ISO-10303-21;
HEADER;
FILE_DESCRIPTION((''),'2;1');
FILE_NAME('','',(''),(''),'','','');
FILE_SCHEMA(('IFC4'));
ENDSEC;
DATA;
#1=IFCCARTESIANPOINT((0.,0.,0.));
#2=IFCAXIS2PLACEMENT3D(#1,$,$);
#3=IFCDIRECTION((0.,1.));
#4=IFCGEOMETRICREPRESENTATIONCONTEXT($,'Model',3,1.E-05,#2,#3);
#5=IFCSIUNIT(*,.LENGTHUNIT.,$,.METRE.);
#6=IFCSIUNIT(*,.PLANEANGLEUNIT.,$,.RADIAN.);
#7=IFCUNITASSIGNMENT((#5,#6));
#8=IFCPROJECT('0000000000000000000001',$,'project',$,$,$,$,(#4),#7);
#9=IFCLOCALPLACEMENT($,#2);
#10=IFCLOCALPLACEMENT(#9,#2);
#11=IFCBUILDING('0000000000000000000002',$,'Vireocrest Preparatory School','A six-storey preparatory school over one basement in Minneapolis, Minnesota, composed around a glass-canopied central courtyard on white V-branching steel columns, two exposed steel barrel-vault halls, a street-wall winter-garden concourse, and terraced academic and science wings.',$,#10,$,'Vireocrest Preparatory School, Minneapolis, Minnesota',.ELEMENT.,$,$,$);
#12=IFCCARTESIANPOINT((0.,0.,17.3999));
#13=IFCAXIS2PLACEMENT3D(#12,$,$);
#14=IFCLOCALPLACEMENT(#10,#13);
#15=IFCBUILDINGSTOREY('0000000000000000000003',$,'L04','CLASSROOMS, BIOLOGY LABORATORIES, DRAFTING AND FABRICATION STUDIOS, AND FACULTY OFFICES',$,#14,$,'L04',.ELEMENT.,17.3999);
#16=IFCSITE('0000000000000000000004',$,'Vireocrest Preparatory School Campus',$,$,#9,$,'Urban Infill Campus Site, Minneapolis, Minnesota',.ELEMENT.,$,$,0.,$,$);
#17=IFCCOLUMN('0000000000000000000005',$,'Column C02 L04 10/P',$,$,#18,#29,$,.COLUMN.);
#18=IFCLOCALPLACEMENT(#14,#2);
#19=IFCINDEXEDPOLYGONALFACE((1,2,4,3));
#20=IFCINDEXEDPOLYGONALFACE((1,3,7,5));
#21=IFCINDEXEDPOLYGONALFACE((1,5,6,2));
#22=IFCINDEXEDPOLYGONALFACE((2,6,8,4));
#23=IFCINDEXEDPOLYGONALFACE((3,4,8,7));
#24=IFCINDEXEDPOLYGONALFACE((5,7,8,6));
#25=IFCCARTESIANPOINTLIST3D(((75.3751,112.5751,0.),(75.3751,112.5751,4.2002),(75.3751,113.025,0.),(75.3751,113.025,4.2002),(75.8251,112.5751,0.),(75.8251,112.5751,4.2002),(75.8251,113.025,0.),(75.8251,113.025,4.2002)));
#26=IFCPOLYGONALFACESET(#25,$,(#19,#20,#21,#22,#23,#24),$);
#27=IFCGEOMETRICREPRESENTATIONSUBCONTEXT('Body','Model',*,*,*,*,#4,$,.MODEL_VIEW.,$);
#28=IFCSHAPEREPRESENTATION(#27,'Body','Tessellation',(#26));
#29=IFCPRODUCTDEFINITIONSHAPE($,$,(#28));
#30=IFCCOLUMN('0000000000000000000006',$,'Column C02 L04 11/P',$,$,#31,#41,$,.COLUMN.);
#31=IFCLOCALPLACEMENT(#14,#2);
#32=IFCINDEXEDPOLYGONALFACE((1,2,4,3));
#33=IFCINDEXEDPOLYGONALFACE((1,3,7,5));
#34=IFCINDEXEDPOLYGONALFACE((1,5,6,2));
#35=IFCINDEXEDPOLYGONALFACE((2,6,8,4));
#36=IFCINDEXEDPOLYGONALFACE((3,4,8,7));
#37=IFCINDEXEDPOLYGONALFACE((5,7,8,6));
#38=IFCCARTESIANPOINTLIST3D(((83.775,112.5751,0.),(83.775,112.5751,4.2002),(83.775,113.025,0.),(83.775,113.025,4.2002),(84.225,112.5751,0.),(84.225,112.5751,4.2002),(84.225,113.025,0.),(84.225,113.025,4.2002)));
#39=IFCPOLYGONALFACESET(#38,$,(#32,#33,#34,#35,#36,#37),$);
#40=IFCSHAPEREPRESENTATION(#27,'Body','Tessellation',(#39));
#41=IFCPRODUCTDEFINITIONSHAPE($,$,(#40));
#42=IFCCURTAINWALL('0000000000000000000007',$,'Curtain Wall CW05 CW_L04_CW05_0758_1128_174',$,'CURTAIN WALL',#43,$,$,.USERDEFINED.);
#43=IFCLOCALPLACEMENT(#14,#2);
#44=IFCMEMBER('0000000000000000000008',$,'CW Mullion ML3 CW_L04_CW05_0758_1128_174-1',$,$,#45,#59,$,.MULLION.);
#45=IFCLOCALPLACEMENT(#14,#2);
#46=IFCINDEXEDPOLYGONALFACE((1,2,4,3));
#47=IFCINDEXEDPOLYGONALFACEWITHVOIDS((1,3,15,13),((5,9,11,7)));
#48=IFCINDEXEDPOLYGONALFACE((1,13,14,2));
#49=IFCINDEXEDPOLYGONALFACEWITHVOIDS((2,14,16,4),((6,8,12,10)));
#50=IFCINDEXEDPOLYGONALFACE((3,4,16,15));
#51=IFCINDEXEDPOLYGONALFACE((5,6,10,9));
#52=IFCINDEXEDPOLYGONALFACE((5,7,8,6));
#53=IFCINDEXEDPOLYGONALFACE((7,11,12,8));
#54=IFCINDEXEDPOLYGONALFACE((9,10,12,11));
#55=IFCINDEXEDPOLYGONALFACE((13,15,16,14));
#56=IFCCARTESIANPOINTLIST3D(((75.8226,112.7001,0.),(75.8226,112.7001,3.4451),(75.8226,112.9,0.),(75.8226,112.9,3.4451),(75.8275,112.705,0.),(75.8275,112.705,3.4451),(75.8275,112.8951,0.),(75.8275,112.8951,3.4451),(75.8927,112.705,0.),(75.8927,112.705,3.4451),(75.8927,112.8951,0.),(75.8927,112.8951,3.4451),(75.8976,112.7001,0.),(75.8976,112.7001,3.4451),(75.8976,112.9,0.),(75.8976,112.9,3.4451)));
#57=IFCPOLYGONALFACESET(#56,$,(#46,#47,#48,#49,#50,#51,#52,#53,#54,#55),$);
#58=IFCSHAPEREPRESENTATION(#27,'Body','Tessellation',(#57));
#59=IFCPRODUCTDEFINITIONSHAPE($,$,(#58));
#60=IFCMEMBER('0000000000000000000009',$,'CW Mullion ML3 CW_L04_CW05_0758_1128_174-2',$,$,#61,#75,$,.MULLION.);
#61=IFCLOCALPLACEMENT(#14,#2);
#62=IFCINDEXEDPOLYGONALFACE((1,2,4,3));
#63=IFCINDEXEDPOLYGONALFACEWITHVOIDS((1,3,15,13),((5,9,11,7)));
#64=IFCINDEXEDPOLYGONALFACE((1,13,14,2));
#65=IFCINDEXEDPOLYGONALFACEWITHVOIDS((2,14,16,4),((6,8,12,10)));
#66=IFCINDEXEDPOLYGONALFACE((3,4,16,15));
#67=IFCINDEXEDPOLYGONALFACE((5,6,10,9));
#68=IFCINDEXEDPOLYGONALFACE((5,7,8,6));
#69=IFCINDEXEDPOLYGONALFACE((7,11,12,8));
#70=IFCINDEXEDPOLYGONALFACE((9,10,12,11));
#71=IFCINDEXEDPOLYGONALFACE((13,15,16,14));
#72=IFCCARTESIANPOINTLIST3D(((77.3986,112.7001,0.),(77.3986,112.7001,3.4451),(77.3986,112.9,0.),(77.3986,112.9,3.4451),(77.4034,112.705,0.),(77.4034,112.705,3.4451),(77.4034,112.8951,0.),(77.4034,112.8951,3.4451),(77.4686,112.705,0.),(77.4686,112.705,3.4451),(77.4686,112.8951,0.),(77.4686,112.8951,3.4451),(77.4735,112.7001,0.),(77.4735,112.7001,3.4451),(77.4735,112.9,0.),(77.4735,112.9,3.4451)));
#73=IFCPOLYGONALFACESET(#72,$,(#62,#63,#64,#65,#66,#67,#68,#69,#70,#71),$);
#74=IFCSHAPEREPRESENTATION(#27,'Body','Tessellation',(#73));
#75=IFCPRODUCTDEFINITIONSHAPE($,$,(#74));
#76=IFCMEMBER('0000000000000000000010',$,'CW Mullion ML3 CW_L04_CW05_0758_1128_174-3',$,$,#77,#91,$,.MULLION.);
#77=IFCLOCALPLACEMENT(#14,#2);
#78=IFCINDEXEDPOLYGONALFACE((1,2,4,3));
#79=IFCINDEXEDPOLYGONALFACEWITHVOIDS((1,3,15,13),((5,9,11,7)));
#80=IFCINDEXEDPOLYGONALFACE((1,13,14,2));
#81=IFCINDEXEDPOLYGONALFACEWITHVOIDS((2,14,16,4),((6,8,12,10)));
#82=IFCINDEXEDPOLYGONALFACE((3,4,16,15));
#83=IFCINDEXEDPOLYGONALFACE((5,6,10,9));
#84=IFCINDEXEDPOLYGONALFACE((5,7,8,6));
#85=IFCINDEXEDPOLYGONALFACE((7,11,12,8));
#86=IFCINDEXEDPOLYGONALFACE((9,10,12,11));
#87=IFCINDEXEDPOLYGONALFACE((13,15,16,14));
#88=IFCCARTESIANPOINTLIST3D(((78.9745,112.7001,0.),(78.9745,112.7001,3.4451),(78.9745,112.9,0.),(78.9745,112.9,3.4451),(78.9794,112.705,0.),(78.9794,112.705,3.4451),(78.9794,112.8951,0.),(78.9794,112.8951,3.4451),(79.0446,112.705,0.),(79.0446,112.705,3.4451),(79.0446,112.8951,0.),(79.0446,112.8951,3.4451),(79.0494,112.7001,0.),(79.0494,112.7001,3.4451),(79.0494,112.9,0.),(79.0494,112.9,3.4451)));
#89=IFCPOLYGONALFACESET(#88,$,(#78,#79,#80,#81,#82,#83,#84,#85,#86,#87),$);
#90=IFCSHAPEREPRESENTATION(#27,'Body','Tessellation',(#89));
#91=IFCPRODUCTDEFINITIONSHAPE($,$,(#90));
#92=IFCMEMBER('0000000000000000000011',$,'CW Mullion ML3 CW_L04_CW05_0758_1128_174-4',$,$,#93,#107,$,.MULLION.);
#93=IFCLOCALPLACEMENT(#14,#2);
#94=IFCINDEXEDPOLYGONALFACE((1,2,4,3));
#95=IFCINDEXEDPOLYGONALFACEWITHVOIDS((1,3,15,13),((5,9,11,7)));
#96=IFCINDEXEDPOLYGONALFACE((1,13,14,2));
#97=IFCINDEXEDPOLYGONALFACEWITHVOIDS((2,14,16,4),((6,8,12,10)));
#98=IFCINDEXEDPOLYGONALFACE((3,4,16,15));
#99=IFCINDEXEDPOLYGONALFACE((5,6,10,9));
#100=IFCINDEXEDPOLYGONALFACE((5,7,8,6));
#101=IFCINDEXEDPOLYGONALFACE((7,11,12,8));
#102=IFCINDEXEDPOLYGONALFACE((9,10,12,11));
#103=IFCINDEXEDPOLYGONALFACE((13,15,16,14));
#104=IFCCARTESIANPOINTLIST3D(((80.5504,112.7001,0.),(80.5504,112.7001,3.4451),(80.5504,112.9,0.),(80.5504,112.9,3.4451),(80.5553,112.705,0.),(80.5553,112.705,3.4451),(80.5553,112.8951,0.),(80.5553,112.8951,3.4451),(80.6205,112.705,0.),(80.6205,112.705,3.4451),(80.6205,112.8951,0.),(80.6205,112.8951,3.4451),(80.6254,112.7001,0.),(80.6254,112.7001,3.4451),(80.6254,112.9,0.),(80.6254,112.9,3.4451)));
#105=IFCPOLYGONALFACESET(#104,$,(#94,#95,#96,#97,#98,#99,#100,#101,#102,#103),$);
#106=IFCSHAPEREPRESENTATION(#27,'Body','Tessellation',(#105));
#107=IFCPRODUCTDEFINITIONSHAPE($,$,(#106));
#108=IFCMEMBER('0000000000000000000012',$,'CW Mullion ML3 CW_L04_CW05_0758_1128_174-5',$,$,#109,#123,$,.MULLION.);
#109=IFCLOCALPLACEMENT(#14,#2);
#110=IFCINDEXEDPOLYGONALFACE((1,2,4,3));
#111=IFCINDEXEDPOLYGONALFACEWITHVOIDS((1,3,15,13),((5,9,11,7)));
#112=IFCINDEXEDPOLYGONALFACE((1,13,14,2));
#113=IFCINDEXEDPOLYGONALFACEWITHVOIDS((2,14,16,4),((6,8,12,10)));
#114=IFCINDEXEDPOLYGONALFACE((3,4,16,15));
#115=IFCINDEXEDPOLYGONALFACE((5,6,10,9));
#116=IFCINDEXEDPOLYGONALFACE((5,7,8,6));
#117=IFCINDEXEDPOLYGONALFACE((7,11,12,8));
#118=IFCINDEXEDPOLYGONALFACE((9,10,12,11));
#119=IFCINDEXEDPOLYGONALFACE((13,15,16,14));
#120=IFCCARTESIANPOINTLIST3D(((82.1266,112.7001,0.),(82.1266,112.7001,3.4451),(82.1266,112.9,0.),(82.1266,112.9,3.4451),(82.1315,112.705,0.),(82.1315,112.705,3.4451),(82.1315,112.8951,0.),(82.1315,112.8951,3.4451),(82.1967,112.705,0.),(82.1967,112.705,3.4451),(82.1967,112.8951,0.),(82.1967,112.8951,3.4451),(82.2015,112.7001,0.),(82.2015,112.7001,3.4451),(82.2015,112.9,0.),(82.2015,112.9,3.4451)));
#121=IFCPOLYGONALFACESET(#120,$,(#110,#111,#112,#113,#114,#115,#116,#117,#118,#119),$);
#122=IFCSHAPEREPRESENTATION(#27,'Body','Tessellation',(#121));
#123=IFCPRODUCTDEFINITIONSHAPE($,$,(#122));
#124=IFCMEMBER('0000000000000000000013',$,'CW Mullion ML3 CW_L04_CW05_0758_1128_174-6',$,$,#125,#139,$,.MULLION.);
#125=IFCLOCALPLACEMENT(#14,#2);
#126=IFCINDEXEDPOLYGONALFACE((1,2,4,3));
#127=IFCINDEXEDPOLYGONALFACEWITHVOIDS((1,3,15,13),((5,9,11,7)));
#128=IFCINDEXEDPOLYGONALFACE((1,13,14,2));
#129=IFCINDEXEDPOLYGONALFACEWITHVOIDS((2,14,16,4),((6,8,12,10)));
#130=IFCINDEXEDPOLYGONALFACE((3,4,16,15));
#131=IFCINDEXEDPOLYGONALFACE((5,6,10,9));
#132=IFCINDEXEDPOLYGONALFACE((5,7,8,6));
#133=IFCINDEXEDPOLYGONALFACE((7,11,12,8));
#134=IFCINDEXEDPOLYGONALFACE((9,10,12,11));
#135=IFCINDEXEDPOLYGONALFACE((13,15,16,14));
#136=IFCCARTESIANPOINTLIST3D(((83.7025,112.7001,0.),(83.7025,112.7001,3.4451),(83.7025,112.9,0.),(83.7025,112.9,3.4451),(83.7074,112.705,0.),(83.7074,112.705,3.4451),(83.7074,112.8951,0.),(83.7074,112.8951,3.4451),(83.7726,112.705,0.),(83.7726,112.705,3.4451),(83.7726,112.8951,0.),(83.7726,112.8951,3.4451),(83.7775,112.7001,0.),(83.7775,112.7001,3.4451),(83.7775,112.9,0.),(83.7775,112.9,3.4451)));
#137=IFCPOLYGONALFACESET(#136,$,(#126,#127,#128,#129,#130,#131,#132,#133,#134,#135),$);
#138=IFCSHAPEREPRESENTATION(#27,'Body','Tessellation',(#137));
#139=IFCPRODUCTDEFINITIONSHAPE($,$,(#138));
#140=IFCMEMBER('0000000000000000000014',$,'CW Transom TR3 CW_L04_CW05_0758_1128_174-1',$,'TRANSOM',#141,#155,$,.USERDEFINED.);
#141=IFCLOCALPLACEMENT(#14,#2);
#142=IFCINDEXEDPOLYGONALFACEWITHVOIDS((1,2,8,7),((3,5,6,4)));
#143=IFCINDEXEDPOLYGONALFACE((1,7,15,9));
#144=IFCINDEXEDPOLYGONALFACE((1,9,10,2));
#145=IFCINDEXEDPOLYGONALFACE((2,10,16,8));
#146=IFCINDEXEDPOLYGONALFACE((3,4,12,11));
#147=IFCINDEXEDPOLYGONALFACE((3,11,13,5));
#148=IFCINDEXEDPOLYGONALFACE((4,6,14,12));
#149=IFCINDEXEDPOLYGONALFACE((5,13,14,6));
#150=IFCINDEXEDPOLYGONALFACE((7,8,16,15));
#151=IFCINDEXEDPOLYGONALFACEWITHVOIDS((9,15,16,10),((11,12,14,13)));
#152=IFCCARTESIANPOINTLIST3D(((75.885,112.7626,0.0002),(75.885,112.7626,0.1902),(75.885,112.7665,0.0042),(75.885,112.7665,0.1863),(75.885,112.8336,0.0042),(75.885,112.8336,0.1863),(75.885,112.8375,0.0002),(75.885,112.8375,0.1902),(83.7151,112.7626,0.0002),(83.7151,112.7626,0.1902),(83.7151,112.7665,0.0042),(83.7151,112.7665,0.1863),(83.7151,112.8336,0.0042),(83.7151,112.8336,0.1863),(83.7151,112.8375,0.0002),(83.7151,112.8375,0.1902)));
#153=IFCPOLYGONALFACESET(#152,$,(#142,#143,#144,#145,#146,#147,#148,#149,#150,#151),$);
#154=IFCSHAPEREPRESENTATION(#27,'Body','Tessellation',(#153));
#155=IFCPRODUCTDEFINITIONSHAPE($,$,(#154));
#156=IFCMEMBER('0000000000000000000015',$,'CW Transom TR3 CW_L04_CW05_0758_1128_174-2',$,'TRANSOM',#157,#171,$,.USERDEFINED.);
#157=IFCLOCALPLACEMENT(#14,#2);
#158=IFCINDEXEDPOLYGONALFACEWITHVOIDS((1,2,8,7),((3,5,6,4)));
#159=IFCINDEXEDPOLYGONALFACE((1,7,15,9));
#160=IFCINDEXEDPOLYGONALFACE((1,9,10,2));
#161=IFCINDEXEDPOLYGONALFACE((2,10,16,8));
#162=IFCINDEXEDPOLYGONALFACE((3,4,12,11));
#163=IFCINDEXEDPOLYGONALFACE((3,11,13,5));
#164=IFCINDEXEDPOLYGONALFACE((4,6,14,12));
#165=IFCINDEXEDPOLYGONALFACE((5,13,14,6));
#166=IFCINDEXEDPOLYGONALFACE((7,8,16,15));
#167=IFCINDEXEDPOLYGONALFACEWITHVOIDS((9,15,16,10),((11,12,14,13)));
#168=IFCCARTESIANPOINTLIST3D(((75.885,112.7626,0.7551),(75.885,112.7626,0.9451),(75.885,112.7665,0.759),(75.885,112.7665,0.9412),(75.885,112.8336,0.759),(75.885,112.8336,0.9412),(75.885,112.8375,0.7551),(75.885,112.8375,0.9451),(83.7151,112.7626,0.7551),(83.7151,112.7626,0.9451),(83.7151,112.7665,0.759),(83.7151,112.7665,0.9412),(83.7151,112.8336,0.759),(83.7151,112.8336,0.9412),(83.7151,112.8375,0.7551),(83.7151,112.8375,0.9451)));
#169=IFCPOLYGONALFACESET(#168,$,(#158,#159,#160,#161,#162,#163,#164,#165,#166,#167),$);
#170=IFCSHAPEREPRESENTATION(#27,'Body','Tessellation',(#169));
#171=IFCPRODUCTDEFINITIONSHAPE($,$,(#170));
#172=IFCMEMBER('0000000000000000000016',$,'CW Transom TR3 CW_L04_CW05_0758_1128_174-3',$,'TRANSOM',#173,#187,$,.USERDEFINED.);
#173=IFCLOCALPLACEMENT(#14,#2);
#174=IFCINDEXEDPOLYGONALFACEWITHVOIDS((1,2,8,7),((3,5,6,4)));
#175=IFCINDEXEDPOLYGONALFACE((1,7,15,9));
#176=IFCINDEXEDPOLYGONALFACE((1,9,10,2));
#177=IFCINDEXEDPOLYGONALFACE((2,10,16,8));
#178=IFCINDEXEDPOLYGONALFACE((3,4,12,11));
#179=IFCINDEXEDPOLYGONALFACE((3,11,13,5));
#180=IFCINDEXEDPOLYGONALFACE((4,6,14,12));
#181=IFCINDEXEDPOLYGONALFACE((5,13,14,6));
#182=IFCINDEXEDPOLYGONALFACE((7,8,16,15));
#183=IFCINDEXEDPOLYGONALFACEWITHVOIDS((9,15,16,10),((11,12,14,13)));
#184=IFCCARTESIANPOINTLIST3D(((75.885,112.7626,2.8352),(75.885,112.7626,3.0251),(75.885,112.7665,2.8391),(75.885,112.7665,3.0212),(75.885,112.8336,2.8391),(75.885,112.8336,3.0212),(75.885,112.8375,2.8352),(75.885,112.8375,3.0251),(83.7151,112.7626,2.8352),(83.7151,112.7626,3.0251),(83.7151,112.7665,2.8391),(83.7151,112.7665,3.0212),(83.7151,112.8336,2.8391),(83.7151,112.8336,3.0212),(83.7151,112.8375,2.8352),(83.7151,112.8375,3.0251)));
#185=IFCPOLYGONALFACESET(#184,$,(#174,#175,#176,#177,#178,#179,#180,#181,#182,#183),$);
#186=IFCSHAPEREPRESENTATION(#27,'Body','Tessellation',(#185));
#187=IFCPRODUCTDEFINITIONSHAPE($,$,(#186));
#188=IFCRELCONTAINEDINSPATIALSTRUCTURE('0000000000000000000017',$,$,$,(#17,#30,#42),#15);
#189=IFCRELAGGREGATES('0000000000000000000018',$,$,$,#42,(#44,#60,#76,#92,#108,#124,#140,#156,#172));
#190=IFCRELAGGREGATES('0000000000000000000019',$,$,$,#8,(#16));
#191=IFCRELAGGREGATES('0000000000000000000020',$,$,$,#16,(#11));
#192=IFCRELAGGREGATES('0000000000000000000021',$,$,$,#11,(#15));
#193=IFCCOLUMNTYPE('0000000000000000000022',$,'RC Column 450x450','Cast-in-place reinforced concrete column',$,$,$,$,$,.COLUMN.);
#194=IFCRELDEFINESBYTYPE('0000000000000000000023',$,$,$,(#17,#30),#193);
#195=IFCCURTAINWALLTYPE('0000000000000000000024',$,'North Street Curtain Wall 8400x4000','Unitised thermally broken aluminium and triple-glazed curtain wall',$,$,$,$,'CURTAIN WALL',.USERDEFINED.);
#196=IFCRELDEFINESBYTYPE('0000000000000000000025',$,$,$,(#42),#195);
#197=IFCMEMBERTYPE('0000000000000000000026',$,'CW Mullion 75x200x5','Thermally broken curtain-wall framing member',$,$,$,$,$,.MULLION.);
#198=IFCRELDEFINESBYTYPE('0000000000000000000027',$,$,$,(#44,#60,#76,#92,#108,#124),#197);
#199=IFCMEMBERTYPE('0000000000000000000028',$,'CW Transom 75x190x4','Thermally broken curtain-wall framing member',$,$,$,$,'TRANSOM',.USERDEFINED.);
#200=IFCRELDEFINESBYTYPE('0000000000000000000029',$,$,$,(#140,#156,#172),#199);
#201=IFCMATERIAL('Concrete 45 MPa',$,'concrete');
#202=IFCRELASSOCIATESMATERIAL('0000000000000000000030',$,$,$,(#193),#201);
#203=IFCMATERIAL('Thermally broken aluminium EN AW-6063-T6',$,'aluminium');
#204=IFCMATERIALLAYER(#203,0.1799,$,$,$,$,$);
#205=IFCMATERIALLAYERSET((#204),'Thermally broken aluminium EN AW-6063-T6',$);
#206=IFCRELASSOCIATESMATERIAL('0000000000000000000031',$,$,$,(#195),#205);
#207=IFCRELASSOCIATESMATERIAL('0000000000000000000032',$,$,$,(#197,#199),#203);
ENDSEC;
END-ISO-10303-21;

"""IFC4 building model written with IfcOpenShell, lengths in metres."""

from ifc_helpers import new_model, si_unit, direction, frame, origin, origin_2d, place, context, subcontext, project, spatial, rectangle, hollow_rectangle, extrude, material, layer, layer_set, material_profile, profile_set, type_object, element, aggregate, save


model = new_model("IFC4")

# Units and contexts
model_context = context("Model", 3, precision=1e-05, world=origin(), true_north=direction((0.0, 1.0)))
body_context = subcontext(model_context, "Body", "Model", "MODEL_VIEW")
ifc_project = project(units=[si_unit("LENGTHUNIT", "METRE"), si_unit("PLANEANGLEUNIT", "RADIAN")], contexts=[model_context])

# Site, building, storey
site_placement = place(None, origin())
site = spatial("IfcSite", under=ifc_project, at=site_placement, Name="Vireocrest Preparatory School Campus", LongName="Urban Infill Campus Site, Minneapolis, Minnesota", CompositionType="ELEMENT", RefElevation=0.0)
building_placement = place(site_placement, origin())
building = spatial("IfcBuilding", under=site, at=building_placement, Name="Vireocrest Preparatory School", Description="A six-storey preparatory school over one basement in Minneapolis, Minnesota, composed around a glass-canopied central courtyard on white V-branching steel columns, two exposed steel barrel-vault halls, a street-wall winter-garden concourse, and terraced academic and science wings.", LongName="Vireocrest Preparatory School, Minneapolis, Minnesota", CompositionType="ELEMENT")
storey_placement = place(building_placement, frame((0.0, 0.0, 17.3999)))
storey = spatial("IfcBuildingStorey", under=building, at=storey_placement, Name="L04", Description="CLASSROOMS, BIOLOGY LABORATORIES, DRAFTING AND FABRICATION STUDIOS, AND FACULTY OFFICES", LongName="L04", CompositionType="ELEMENT", Elevation=17.3999)

# Columns
ifc_material_1 = material(Name="Concrete 45 MPa", Category="concrete")
ifc_material_profile_1 = material_profile(ifc_material_1, rectangle(XDim=0.45, YDim=0.45, at=origin_2d()), Name="RC 450x450")
ifc_profile_set_1 = profile_set([ifc_material_profile_1], Name="Concrete 45 MPa")
column_type = type_object("IfcColumnType", Name="RC Column 450x450", Description="Cast-in-place reinforced concrete column", PredefinedType="COLUMN", material=ifc_profile_set_1)
for number, where, z_axis, x_axis, name in (
    (1, (75.6001, 112.8, 0.0), (0.0, 0.0, 1.0), (1.0, 0.0, 0.0), "Column C02 L04 10/P"),
    (2, (84.0, 112.8, 0.0), (0.0, 0.0, 1.0), (1.0, 0.0, 0.0), "Column C02 L04 11/P"),
):
    element("IfcColumn", number, at=place(storey_placement, frame(where, z_axis=z_axis, x_axis=x_axis)), inside=storey, type_object=column_type, Name=name, PredefinedType="COLUMN", context=body_context, shape_type="SweptSolid", body=[
        extrude(rectangle(XDim=0.45, YDim=0.45, at=origin_2d()), origin(), (0.0, 0.0, 1.0), 4.2002),
    ])

# Curtain wall, members
ifc_material_2 = material(Name="Thermally broken aluminium EN AW-6063-T6", Category="aluminium")
ifc_layer_1 = layer(ifc_material_2, 0.1799)
ifc_layer_set_1 = layer_set([ifc_layer_1], Name="Thermally broken aluminium EN AW-6063-T6")
curtain_wall_type = type_object("IfcCurtainWallType", Name="North Street Curtain Wall 8400x4000", Description="Unitised thermally broken aluminium and triple-glazed curtain wall", ElementType="CURTAIN WALL", PredefinedType="USERDEFINED", material=ifc_layer_set_1)
curtain_wall_placement = place(storey_placement, origin())
curtain_wall = element("IfcCurtainWall", 3, at=curtain_wall_placement, inside=storey, type_object=curtain_wall_type, Name="Curtain Wall CW05 CW_L04_CW05_0758_1128_174", ObjectType="CURTAIN WALL", PredefinedType="USERDEFINED")
ifc_material_profile_2 = material_profile(ifc_material_2, hollow_rectangle(XDim=0.075, YDim=0.2, WallThickness=0.0049, at=origin_2d()), Name="ALU 75x200x5")
ifc_profile_set_2 = profile_set([ifc_material_profile_2], Name="Thermally broken aluminium EN AW-6063-T6")
member_type_1 = type_object("IfcMemberType", Name="CW Mullion 75x200x5", Description="Thermally broken curtain-wall framing member", PredefinedType="MULLION", material=ifc_profile_set_2)
member_1_placement = place(storey_placement, frame((75.8601, 112.8, 0.0), z_axis=(0.0, 0.0, 1.0), x_axis=(1.0, 0.0, 0.0)))
member_1 = element("IfcMember", 4, at=member_1_placement, type_object=member_type_1, Name="CW Mullion ML3 CW_L04_CW05_0758_1128_174-1", PredefinedType="MULLION", context=body_context, shape_type="SweptSolid", body=[
    extrude(hollow_rectangle(XDim=0.075, YDim=0.2, WallThickness=0.0049, at=origin_2d()), origin(), (0.0, 0.0, 1.0), 3.4451),
])
member_2_placement = place(storey_placement, frame((77.436, 112.8, 0.0), z_axis=(0.0, 0.0, 1.0), x_axis=(1.0, 0.0, 0.0)))
member_2 = element("IfcMember", 5, at=member_2_placement, type_object=member_type_1, Name="CW Mullion ML3 CW_L04_CW05_0758_1128_174-2", PredefinedType="MULLION", context=body_context, shape_type="SweptSolid", body=[
    extrude(hollow_rectangle(XDim=0.075, YDim=0.2, WallThickness=0.0049, at=origin_2d()), origin(), (0.0, 0.0, 1.0), 3.4451),
])
member_3_placement = place(storey_placement, frame((79.012, 112.8, 0.0), z_axis=(0.0, 0.0, 1.0), x_axis=(1.0, 0.0, 0.0)))
member_3 = element("IfcMember", 6, at=member_3_placement, type_object=member_type_1, Name="CW Mullion ML3 CW_L04_CW05_0758_1128_174-3", PredefinedType="MULLION", context=body_context, shape_type="SweptSolid", body=[
    extrude(hollow_rectangle(XDim=0.075, YDim=0.2, WallThickness=0.0049, at=origin_2d()), origin(), (0.0, 0.0, 1.0), 3.4451),
])
member_4_placement = place(storey_placement, frame((80.5879, 112.8, 0.0), z_axis=(0.0, 0.0, 1.0), x_axis=(1.0, 0.0, 0.0)))
member_4 = element("IfcMember", 7, at=member_4_placement, type_object=member_type_1, Name="CW Mullion ML3 CW_L04_CW05_0758_1128_174-4", PredefinedType="MULLION", context=body_context, shape_type="SweptSolid", body=[
    extrude(hollow_rectangle(XDim=0.075, YDim=0.2, WallThickness=0.0049, at=origin_2d()), origin(), (0.0, 0.0, 1.0), 3.4451),
])
member_5_placement = place(storey_placement, frame((82.1641, 112.8, 0.0), z_axis=(0.0, 0.0, 1.0), x_axis=(1.0, 0.0, 0.0)))
member_5 = element("IfcMember", 8, at=member_5_placement, type_object=member_type_1, Name="CW Mullion ML3 CW_L04_CW05_0758_1128_174-5", PredefinedType="MULLION", context=body_context, shape_type="SweptSolid", body=[
    extrude(hollow_rectangle(XDim=0.075, YDim=0.2, WallThickness=0.0049, at=origin_2d()), origin(), (0.0, 0.0, 1.0), 3.4451),
])
member_6_placement = place(storey_placement, frame((83.74, 112.8, 0.0), z_axis=(0.0, 0.0, 1.0), x_axis=(1.0, 0.0, 0.0)))
member_6 = element("IfcMember", 9, at=member_6_placement, type_object=member_type_1, Name="CW Mullion ML3 CW_L04_CW05_0758_1128_174-6", PredefinedType="MULLION", context=body_context, shape_type="SweptSolid", body=[
    extrude(hollow_rectangle(XDim=0.075, YDim=0.2, WallThickness=0.0049, at=origin_2d()), origin(), (0.0, 0.0, 1.0), 3.4451),
])
ifc_material_profile_3 = material_profile(ifc_material_2, hollow_rectangle(XDim=0.075, YDim=0.1899, WallThickness=0.0039, at=origin_2d()), Name="ALU 75x190x4")
ifc_profile_set_3 = profile_set([ifc_material_profile_3], Name="Thermally broken aluminium EN AW-6063-T6")
member_type_2 = type_object("IfcMemberType", Name="CW Transom 75x190x4", Description="Thermally broken curtain-wall framing member", ElementType="TRANSOM", PredefinedType="USERDEFINED", material=ifc_profile_set_3)
member_7_placement = place(storey_placement, frame((75.885, 112.8, 0.0952), z_axis=(1.0, 0.0, 0.0), x_axis=(0.0, 1.0, 0.0)))
member_7 = element("IfcMember", 10, at=member_7_placement, type_object=member_type_2, Name="CW Transom TR3 CW_L04_CW05_0758_1128_174-1", ObjectType="TRANSOM", PredefinedType="USERDEFINED", context=body_context, shape_type="SweptSolid", body=[
    extrude(hollow_rectangle(XDim=0.075, YDim=0.1899, WallThickness=0.0039, at=origin_2d()), origin(), (0.0, 0.0, 1.0), 7.8301),
])
member_8_placement = place(storey_placement, frame((75.885, 112.8, 0.8501), z_axis=(1.0, 0.0, 0.0), x_axis=(0.0, 1.0, 0.0)))
member_8 = element("IfcMember", 11, at=member_8_placement, type_object=member_type_2, Name="CW Transom TR3 CW_L04_CW05_0758_1128_174-2", ObjectType="TRANSOM", PredefinedType="USERDEFINED", context=body_context, shape_type="SweptSolid", body=[
    extrude(hollow_rectangle(XDim=0.075, YDim=0.1899, WallThickness=0.0039, at=origin_2d()), origin(), (0.0, 0.0, 1.0), 7.8301),
])
member_9_placement = place(storey_placement, frame((75.885, 112.8, 2.9302), z_axis=(1.0, 0.0, 0.0), x_axis=(0.0, 1.0, 0.0)))
member_9 = element("IfcMember", 12, at=member_9_placement, type_object=member_type_2, Name="CW Transom TR3 CW_L04_CW05_0758_1128_174-3", ObjectType="TRANSOM", PredefinedType="USERDEFINED", context=body_context, shape_type="SweptSolid", body=[
    extrude(hollow_rectangle(XDim=0.075, YDim=0.1899, WallThickness=0.0039, at=origin_2d()), origin(), (0.0, 0.0, 1.0), 7.8301),
])

aggregate(curtain_wall, [member_1, member_2, member_3, member_4, member_5, member_6, member_7, member_8, member_9])

save(model, "model.ifc")
